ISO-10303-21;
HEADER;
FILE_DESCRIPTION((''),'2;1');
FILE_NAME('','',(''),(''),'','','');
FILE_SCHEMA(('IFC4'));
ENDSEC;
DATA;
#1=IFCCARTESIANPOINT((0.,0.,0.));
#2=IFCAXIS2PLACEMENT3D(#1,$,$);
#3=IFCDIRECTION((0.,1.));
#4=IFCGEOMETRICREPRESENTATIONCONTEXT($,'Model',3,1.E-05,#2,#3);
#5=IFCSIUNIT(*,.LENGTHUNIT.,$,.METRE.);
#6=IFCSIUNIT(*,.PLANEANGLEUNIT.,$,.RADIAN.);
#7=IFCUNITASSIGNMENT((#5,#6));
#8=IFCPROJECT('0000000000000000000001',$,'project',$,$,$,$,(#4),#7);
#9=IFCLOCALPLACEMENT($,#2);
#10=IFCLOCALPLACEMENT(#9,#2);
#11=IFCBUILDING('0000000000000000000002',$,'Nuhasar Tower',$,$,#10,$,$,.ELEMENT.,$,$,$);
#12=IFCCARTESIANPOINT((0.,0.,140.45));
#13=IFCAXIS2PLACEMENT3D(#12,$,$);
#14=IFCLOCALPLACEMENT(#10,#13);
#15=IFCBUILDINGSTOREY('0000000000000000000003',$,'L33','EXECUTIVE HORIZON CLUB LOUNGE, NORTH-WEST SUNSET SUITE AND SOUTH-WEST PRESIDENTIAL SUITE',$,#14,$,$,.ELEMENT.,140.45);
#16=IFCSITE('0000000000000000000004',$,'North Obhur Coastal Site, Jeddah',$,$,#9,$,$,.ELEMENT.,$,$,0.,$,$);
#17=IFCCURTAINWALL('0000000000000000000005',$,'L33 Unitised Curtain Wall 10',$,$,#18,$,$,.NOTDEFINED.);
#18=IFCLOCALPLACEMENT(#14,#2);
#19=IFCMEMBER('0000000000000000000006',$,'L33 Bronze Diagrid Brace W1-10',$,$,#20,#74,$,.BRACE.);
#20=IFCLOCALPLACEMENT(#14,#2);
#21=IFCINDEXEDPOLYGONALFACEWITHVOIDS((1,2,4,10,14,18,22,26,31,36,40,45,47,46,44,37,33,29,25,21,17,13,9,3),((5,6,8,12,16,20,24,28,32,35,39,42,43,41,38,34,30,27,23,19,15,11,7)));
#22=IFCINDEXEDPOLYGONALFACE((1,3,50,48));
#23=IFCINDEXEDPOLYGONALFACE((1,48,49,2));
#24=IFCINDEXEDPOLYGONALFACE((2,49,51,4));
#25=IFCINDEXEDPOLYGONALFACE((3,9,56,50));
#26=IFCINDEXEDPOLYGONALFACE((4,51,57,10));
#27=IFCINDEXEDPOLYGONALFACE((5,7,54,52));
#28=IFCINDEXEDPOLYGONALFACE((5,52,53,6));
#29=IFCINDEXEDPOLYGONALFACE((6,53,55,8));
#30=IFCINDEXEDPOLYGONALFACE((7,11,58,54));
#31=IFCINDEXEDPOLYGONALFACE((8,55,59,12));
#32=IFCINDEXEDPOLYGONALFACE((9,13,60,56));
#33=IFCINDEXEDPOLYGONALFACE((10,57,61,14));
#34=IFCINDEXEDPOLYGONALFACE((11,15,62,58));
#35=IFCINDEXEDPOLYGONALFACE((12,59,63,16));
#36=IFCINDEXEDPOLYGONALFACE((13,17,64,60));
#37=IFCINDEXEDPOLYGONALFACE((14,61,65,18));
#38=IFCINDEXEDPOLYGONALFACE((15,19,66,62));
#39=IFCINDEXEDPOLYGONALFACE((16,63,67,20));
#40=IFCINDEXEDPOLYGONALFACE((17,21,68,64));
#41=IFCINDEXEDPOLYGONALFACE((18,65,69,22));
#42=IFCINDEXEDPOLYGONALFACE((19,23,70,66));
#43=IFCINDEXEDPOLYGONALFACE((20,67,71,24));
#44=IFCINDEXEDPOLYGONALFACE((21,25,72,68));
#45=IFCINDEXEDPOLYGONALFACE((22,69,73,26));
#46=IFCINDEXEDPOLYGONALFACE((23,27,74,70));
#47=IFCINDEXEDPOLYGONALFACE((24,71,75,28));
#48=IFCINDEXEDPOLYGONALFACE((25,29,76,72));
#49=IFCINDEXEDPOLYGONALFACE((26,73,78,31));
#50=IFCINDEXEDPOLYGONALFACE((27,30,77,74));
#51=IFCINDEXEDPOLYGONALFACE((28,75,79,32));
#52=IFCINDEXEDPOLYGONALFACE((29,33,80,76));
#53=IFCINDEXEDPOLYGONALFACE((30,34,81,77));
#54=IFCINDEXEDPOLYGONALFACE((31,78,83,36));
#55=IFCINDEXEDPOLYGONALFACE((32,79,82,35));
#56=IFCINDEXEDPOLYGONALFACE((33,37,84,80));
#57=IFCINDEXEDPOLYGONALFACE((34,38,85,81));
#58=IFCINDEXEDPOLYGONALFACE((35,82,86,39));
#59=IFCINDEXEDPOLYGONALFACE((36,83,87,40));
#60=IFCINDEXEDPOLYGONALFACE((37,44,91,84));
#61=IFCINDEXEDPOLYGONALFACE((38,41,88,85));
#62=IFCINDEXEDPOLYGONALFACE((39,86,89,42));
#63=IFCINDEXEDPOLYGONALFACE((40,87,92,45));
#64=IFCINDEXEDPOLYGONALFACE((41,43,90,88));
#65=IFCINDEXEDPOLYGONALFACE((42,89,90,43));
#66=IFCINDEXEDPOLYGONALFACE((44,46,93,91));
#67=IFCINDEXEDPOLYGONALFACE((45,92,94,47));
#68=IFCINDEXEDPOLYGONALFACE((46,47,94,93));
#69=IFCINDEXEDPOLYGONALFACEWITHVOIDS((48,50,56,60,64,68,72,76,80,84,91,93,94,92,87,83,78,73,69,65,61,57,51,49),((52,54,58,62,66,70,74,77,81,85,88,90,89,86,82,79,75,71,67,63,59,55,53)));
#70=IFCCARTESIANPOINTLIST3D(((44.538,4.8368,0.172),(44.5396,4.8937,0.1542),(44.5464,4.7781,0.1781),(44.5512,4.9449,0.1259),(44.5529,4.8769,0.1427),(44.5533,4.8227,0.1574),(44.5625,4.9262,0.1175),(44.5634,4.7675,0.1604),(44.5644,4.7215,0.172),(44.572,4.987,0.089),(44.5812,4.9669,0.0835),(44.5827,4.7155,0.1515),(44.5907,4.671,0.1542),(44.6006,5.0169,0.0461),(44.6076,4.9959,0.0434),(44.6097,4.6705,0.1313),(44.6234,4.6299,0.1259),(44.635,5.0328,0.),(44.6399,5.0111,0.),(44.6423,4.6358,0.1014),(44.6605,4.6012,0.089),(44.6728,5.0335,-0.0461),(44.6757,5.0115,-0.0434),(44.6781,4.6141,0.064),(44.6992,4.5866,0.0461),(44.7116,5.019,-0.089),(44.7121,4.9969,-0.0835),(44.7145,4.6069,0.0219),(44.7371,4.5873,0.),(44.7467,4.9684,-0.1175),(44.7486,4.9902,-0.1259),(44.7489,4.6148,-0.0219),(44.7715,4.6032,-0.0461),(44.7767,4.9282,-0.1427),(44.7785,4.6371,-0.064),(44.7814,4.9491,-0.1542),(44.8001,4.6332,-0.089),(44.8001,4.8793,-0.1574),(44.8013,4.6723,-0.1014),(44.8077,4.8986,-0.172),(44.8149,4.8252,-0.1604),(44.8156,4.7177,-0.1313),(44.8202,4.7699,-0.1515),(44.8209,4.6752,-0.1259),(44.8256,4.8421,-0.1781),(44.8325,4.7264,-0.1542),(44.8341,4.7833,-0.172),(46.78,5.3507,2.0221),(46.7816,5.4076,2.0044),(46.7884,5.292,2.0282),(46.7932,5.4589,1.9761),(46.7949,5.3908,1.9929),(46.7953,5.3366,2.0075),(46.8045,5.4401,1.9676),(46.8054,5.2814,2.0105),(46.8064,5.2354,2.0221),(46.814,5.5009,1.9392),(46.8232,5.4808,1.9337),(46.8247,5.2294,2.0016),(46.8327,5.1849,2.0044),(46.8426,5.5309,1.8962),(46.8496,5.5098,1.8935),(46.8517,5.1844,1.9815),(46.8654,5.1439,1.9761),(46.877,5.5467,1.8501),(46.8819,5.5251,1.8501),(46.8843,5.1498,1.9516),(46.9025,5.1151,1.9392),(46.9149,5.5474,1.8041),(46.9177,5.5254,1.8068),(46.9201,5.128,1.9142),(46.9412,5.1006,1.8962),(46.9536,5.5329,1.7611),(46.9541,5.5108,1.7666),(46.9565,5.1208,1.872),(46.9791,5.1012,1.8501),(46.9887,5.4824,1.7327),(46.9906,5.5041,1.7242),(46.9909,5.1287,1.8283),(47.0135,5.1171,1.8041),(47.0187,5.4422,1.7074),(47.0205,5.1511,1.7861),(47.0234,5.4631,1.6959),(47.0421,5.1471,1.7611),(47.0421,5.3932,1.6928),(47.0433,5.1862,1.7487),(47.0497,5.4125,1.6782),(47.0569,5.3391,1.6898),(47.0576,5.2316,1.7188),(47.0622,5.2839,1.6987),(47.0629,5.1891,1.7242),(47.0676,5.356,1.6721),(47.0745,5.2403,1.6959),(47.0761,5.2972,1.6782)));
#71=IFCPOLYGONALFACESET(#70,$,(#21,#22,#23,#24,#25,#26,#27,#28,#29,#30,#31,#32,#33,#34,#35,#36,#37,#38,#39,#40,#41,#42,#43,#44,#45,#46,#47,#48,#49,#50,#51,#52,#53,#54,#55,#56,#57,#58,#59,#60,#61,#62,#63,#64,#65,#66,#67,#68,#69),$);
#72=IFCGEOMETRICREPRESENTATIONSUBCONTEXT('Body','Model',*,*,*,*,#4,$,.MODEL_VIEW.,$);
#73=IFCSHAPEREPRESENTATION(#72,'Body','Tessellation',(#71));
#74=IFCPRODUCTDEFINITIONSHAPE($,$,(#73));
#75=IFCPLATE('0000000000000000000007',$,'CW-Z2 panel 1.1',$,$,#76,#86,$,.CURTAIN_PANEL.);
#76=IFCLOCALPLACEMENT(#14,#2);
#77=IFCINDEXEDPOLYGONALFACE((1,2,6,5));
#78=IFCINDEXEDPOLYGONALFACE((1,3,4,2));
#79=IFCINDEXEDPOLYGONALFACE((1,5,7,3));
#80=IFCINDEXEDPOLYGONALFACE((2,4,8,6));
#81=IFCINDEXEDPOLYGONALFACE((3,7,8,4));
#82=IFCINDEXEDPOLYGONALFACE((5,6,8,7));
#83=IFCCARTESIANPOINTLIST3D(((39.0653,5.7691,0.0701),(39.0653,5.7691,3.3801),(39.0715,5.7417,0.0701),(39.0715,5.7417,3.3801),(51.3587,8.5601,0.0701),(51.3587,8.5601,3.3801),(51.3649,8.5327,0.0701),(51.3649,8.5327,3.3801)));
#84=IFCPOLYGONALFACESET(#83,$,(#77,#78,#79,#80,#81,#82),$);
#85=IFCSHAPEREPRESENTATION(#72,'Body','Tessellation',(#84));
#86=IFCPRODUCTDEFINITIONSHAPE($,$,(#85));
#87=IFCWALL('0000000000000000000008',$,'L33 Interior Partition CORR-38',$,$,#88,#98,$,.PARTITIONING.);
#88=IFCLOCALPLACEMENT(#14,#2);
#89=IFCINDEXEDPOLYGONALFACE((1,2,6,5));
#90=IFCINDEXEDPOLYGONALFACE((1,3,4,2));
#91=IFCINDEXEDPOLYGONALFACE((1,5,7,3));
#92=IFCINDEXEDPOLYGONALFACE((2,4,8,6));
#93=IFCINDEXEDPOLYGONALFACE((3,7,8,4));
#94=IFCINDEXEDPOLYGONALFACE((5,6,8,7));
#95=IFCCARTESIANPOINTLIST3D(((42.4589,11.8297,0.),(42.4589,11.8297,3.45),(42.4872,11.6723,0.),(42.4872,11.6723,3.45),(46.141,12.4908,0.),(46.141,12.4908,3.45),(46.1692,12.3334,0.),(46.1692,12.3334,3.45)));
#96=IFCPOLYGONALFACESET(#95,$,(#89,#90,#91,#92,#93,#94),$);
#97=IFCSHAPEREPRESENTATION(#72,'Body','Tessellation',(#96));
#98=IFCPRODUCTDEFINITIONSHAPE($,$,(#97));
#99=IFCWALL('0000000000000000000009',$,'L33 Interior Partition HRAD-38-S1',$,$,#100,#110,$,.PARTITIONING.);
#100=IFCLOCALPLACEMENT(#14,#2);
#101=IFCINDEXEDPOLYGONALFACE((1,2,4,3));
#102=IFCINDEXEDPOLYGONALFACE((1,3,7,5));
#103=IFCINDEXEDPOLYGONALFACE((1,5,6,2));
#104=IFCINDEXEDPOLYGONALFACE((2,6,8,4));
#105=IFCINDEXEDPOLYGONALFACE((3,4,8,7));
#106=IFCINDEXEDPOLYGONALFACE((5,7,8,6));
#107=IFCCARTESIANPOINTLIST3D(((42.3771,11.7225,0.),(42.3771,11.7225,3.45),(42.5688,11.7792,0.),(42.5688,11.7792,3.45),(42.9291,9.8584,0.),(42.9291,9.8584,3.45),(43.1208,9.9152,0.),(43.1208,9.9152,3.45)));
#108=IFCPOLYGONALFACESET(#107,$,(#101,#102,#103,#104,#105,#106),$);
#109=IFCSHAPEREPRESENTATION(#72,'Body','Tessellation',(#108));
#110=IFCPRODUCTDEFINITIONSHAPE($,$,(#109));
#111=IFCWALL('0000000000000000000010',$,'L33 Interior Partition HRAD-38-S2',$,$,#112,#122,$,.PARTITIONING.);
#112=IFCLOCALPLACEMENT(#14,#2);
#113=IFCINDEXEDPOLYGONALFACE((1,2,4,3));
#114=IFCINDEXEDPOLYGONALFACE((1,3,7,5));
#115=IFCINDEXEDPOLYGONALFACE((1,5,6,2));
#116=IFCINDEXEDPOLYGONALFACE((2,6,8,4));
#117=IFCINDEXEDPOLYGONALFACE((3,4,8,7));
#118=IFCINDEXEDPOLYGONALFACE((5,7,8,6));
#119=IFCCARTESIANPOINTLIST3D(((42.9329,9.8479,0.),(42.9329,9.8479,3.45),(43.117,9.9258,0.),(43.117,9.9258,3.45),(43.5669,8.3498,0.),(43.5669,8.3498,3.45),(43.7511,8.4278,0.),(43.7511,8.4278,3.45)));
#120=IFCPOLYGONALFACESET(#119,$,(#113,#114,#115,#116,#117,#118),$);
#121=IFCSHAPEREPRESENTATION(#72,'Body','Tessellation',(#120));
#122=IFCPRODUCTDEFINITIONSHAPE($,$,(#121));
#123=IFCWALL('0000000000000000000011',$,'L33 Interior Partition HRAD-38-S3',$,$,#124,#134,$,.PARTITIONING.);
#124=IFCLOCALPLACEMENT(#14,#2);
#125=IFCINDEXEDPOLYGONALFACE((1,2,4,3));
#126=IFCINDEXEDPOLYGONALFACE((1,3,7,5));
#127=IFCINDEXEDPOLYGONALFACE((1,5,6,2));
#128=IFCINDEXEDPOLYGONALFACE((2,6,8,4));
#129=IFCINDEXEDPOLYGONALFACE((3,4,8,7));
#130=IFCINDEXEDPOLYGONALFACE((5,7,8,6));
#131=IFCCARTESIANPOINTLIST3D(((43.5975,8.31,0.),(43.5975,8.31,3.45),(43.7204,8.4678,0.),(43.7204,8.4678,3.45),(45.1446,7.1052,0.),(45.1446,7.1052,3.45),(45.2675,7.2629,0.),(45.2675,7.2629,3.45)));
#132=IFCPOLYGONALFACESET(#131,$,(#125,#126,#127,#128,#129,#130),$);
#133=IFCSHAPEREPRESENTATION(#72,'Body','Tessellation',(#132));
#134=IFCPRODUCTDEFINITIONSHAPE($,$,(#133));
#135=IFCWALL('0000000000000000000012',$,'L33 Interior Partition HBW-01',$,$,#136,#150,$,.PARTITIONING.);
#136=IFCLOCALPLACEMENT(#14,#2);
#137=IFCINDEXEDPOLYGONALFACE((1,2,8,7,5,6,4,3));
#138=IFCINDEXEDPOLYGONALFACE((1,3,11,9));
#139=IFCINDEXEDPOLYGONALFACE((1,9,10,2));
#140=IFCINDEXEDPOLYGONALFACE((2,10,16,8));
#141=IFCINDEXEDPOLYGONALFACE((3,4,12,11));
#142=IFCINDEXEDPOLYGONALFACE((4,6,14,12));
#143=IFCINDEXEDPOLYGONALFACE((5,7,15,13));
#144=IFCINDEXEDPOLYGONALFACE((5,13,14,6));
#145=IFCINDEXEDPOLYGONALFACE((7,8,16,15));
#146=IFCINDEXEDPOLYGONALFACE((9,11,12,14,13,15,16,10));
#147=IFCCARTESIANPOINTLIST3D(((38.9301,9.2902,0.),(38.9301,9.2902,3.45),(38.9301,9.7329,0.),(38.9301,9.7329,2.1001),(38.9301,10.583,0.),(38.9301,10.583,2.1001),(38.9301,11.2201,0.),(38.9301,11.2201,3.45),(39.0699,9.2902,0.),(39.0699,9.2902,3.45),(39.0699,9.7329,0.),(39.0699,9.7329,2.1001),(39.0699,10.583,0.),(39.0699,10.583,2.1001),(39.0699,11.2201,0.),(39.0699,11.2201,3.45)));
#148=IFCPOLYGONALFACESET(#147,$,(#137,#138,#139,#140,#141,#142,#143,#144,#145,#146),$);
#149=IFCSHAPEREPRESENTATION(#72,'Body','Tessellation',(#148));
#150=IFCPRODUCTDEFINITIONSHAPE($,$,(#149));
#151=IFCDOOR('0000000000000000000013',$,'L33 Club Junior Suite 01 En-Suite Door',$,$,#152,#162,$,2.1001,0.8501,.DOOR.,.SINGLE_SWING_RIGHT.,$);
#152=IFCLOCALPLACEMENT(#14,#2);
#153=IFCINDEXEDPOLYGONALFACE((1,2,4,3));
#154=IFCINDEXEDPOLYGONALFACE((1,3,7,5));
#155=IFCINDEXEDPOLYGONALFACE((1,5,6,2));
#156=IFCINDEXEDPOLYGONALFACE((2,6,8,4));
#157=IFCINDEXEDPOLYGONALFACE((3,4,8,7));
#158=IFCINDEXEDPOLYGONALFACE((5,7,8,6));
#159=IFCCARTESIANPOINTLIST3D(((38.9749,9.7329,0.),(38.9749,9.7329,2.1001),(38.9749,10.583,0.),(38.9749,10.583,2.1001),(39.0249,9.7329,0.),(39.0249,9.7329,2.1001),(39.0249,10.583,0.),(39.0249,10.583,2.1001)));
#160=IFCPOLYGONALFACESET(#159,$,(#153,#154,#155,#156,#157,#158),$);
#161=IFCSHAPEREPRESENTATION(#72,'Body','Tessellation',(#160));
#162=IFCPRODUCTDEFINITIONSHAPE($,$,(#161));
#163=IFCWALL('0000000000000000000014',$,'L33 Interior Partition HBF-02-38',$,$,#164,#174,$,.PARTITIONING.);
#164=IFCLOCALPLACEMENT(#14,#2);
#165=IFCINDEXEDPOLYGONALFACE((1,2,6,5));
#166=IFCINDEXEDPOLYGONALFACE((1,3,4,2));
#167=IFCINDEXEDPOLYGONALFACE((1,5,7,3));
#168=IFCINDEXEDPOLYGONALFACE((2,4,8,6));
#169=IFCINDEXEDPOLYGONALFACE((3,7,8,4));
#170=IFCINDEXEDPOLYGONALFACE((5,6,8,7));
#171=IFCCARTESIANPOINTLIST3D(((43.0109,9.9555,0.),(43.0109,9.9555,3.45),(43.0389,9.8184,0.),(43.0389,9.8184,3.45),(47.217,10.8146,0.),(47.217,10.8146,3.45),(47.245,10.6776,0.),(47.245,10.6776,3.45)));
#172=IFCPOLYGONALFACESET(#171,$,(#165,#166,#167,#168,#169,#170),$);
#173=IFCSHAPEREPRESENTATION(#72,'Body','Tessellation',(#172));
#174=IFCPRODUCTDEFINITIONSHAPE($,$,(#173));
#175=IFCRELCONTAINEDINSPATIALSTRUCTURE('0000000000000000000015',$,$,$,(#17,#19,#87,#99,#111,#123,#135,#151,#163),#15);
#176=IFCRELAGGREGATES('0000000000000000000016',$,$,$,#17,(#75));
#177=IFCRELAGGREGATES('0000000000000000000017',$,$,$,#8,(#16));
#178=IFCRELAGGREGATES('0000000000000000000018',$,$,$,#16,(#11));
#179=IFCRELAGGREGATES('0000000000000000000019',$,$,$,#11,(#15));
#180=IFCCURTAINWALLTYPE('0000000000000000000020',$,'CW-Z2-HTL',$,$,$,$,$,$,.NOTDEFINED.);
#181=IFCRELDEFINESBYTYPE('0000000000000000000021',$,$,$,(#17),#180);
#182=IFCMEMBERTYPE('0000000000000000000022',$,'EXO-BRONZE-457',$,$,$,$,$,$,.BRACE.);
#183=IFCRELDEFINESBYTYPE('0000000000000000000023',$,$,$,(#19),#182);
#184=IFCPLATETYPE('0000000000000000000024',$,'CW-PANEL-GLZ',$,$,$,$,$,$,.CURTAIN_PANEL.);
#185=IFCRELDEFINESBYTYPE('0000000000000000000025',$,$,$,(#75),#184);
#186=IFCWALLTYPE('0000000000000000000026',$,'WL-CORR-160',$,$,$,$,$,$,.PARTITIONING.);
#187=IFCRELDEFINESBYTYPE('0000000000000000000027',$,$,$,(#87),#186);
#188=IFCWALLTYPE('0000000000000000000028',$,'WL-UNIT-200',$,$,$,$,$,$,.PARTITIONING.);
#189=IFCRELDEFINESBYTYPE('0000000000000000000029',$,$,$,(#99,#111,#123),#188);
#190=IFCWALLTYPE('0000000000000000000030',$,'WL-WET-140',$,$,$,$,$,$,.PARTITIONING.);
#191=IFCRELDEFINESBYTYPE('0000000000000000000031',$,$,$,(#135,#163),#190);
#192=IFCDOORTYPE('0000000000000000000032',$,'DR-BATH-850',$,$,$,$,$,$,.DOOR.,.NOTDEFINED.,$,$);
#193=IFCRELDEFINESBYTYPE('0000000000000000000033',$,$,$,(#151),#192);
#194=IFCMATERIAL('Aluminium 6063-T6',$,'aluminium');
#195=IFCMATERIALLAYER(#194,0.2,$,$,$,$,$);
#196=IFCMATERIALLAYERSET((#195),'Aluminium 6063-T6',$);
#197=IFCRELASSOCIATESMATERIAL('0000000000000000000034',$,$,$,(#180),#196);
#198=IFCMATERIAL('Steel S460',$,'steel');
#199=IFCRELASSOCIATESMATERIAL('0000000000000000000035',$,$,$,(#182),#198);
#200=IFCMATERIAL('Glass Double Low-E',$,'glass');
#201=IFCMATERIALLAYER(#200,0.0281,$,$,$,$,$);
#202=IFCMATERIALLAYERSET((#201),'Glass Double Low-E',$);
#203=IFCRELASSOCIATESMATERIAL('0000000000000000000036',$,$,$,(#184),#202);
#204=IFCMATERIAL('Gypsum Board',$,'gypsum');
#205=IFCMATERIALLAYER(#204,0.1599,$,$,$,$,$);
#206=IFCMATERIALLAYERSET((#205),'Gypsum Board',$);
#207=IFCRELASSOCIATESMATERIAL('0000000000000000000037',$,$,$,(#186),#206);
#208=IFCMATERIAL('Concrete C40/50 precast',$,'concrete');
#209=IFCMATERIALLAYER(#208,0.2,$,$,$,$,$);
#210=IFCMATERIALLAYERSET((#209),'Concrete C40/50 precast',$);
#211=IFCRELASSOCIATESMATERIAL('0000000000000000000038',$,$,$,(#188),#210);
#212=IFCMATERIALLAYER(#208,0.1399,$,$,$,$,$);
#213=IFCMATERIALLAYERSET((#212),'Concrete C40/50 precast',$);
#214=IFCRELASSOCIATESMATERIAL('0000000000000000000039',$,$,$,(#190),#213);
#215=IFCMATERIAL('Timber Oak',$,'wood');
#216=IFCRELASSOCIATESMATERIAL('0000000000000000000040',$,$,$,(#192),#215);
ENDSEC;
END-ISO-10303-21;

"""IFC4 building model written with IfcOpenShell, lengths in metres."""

from ifc_helpers import new_model, si_unit, direction, frame, frame_2d, origin, origin_2d, place, context, subcontext, project, spatial, rectangle, hollow_circle, extrude, material, layer, layer_set, material_profile, profile_set, type_object, element, fill, aggregate, save


model = new_model("IFC4")

# Units and contexts
model_context = context("Model", 3, precision=1e-05, world=origin(), true_north=direction((0.0, 1.0)))
body_context = subcontext(model_context, "Body", "Model", "MODEL_VIEW")
ifc_project = project(units=[si_unit("LENGTHUNIT", "METRE"), si_unit("PLANEANGLEUNIT", "RADIAN")], contexts=[model_context])

# Site, building, storey
site_placement = place(None, origin())
site = spatial("IfcSite", under=ifc_project, at=site_placement, Name="North Obhur Coastal Site, Jeddah", CompositionType="ELEMENT", RefElevation=0.0)
building_placement = place(site_placement, origin())
building = spatial("IfcBuilding", under=site, at=building_placement, Name="Nuhasar Tower", CompositionType="ELEMENT")
storey_placement = place(building_placement, frame((0.0, 0.0, 140.45)))
storey = spatial("IfcBuildingStorey", under=building, at=storey_placement, Name="L33", Description="EXECUTIVE HORIZON CLUB LOUNGE, NORTH-WEST SUNSET SUITE AND SOUTH-WEST PRESIDENTIAL SUITE", CompositionType="ELEMENT", Elevation=140.45)

# Shared definitions
ifc_material_1 = material(Name="Aluminium 6063-T6", Category="aluminium")
ifc_layer_1 = layer(ifc_material_1, 0.2)
ifc_layer_set_1 = layer_set([ifc_layer_1], Name="Aluminium 6063-T6")
curtain_wall_type = type_object("IfcCurtainWallType", Name="CW-Z2-HTL", PredefinedType="NOTDEFINED", material=ifc_layer_set_1)

# Curtain wall
curtain_wall_1_placement = place(storey_placement, origin())
curtain_wall_1 = element("IfcCurtainWall", 1, at=curtain_wall_1_placement, inside=storey, type_object=curtain_wall_type, Name="L33 Unitised Curtain Wall 10", PredefinedType="NOTDEFINED")

# Member
ifc_material_2 = material(Name="Steel S460", Category="steel")
ifc_material_profile_1 = material_profile(ifc_material_2, hollow_circle(Radius=0.2285, WallThickness=0.0222, at=origin_2d()), Name="HSS457X22.2")
ifc_profile_set_1 = profile_set([ifc_material_profile_1], Name="Steel S460")
member_type_1 = type_object("IfcMemberType", Name="EXO-BRONZE-457", PredefinedType="BRACE", material=ifc_profile_set_1)
member_1_placement = place(storey_placement, frame((44.686, 4.8101, 0.0), z_axis=(0.75951, 0.174101, 0.626764), x_axis=(-0.223433, 0.974719, 0.0)))
element("IfcMember", 2, at=member_1_placement, inside=storey, type_object=member_type_1, Name="L33 Bronze Diagrid Brace W1-10", PredefinedType="BRACE", context=body_context, shape_type="SweptSolid", body=[
    extrude(hollow_circle(Radius=0.2285, WallThickness=0.0222, at=origin_2d()), origin(), (0.0, 0.0, 1.0), 2.9519),
])

# Plate
ifc_material_3 = material(Name="Glass Double Low-E", Category="glass")
ifc_layer_2 = layer(ifc_material_3, 0.0281)
ifc_layer_set_2 = layer_set([ifc_layer_2], Name="Glass Double Low-E")
plate_type = type_object("IfcPlateType", Name="CW-PANEL-GLZ", PredefinedType="CURTAIN_PANEL", material=ifc_layer_set_2)
plate_placement = place(storey_placement, frame((45.2151, 7.1509, 0.0701), z_axis=(0.0, 0.0, 1.0), x_axis=(0.975184, 0.221397, 0.0)))
plate = element("IfcPlate", 3, at=plate_placement, type_object=plate_type, Name="CW-Z2 panel 1.1", PredefinedType="CURTAIN_PANEL", context=body_context, shape_type="SweptSolid", body=[
    extrude(rectangle(XDim=12.6062, YDim=0.0281, at=origin_2d()), origin(), (0.0, 0.0, 1.0), 3.3101),
])
aggregate(curtain_wall_1, [plate])

# Shared definitions
ifc_material_4 = material(Name="Gypsum Board", Category="gypsum")
ifc_layer_3 = layer(ifc_material_4, 0.1599)
ifc_layer_set_3 = layer_set([ifc_layer_3], Name="Gypsum Board")
wall_type_1 = type_object("IfcWallType", Name="WL-CORR-160", PredefinedType="PARTITIONING", material=ifc_layer_set_3)
ifc_material_5 = material(Name="Timber Oak", Category="wood")

# Wall
wall_1_placement = place(storey_placement, frame((42.4729, 11.751, 0.0), z_axis=(0.0, 0.0, 1.0), x_axis=(0.98426, 0.176726, 0.0)))
element("IfcWall", 4, at=wall_1_placement, inside=storey, type_object=wall_type_1, Name="L33 Interior Partition CORR-38", PredefinedType="PARTITIONING", context=body_context, shape_type="SweptSolid", body=[
    extrude(rectangle(XDim=3.741, YDim=0.1599, at=frame_2d((1.8706, 0.0))), origin(), (0.0, 0.0, 1.0), 3.45),
])

# Walls
ifc_material_6 = material(Name="Concrete C40/50 precast", Category="concrete")
ifc_layer_4 = layer(ifc_material_6, 0.2)
ifc_layer_set_4 = layer_set([ifc_layer_4], Name="Concrete C40/50 precast")
wall_type_2 = type_object("IfcWallType", Name="WL-UNIT-200", PredefinedType="PARTITIONING", material=ifc_layer_set_4)
wall_2_placement = place(storey_placement, frame((42.4729, 11.751, 0.0), z_axis=(0.0, 0.0, 1.0), x_axis=(0.283947, -0.95884, 0.0)))
element("IfcWall", 5, at=wall_2_placement, inside=storey, type_object=wall_type_2, Name="L33 Interior Partition HRAD-38-S1", PredefinedType="PARTITIONING", context=body_context, shape_type="SweptSolid", body=[
    extrude(rectangle(XDim=1.9441, YDim=0.2, at=frame_2d((0.9722, 0.0))), origin(), (0.0, 0.0, 1.0), 3.45),
])
wall_3_placement = place(storey_placement, frame((43.0249, 9.887, 0.0), z_axis=(0.0, 0.0, 1.0), x_axis=(0.389767, -0.920913, 0.0)))
element("IfcWall", 6, at=wall_3_placement, inside=storey, type_object=wall_type_2, Name="L33 Interior Partition HRAD-38-S2", PredefinedType="PARTITIONING", context=body_context, shape_type="SweptSolid", body=[
    extrude(rectangle(XDim=1.6267, YDim=0.2, at=frame_2d((0.8135, 0.0))), origin(), (0.0, 0.0, 1.0), 3.45),
])
wall_4_placement = place(storey_placement, frame((43.6589, 8.3889, 0.0), z_axis=(0.0, 0.0, 1.0), x_axis=(0.788977, -0.614423, 0.0)))
element("IfcWall", 7, at=wall_4_placement, inside=storey, type_object=wall_type_2, Name="L33 Interior Partition HRAD-38-S3", PredefinedType="PARTITIONING", context=body_context, shape_type="SweptSolid", body=[
    extrude(rectangle(XDim=1.9609, YDim=0.2, at=frame_2d((0.9805, 0.0))), origin(), (0.0, 0.0, 1.0), 3.45),
])

# Wall, opening, door
ifc_layer_5 = layer(ifc_material_6, 0.1399)
ifc_layer_set_5 = layer_set([ifc_layer_5], Name="Concrete C40/50 precast")
wall_type_3 = type_object("IfcWallType", Name="WL-WET-140", PredefinedType="PARTITIONING", material=ifc_layer_set_5)
wall_5_placement = place(storey_placement, frame((39.0, 11.22, 0.0), z_axis=(0.0, 0.0, 1.0), x_axis=(0.0, -1.0, 0.0)))
wall_5 = element("IfcWall", 8, at=wall_5_placement, inside=storey, type_object=wall_type_3, Name="L33 Interior Partition HBW-01", PredefinedType="PARTITIONING", context=body_context, shape_type="SweptSolid", body=[
    extrude(rectangle(XDim=1.9299, YDim=0.1399, at=frame_2d((0.9648, 0.0))), origin(), (0.0, 0.0, 1.0), 3.45),
])
opening_1_placement = place(wall_5_placement, frame((0.637, 0.0, 0.0)))
opening_1 = element("IfcOpeningElement", 9, at=opening_1_placement, cuts=wall_5, PredefinedType="OPENING", context=body_context, shape_type="SweptSolid", body=[
    extrude(rectangle(XDim=0.8501, YDim=2.1001, at=frame_2d((0.425, 1.05))), frame((0.0, 0.0801, 0.0), z_axis=(0.0, -1.0, 0.0), x_axis=(1.0, 0.0, 0.0)), (0.0, 0.0, 1.0), 0.1599),
])
door_type_1 = type_object("IfcDoorType", Name="DR-BATH-850", OperationType="NOTDEFINED", PredefinedType="DOOR", material=ifc_material_5)
door_1_placement = place(opening_1_placement, origin())
door_1 = element("IfcDoor", 10, at=door_1_placement, inside=storey, type_object=door_type_1, Name="L33 Club Junior Suite 01 En-Suite Door", OperationType="SINGLE_SWING_RIGHT", OverallHeight=2.1001, OverallWidth=0.8501, PredefinedType="DOOR", context=body_context, shape_type="SweptSolid", body=[
    extrude(rectangle(XDim=0.8501, YDim=2.1001, at=frame_2d((0.425, 1.05))), frame((0.0, 0.0249, 0.0), z_axis=(0.0, -1.0, 0.0), x_axis=(1.0, 0.0, 0.0)), (0.0, 0.0, 1.0), 0.05),
])
fill(opening_1, door_1)

# Wall
wall_6_placement = place(storey_placement, frame((43.0249, 9.887, 0.0), z_axis=(0.0, 0.0, 1.0), x_axis=(0.97977, 0.200128, 0.0)))
element("IfcWall", 11, at=wall_6_placement, inside=storey, type_object=wall_type_3, Name="L33 Interior Partition HBF-02-38", PredefinedType="PARTITIONING", context=body_context, shape_type="SweptSolid", body=[
    extrude(rectangle(XDim=4.293, YDim=0.1399, at=frame_2d((2.1465, 0.0))), origin(), (0.0, 0.0, 1.0), 3.45),
])

save(model, "model.ifc")
